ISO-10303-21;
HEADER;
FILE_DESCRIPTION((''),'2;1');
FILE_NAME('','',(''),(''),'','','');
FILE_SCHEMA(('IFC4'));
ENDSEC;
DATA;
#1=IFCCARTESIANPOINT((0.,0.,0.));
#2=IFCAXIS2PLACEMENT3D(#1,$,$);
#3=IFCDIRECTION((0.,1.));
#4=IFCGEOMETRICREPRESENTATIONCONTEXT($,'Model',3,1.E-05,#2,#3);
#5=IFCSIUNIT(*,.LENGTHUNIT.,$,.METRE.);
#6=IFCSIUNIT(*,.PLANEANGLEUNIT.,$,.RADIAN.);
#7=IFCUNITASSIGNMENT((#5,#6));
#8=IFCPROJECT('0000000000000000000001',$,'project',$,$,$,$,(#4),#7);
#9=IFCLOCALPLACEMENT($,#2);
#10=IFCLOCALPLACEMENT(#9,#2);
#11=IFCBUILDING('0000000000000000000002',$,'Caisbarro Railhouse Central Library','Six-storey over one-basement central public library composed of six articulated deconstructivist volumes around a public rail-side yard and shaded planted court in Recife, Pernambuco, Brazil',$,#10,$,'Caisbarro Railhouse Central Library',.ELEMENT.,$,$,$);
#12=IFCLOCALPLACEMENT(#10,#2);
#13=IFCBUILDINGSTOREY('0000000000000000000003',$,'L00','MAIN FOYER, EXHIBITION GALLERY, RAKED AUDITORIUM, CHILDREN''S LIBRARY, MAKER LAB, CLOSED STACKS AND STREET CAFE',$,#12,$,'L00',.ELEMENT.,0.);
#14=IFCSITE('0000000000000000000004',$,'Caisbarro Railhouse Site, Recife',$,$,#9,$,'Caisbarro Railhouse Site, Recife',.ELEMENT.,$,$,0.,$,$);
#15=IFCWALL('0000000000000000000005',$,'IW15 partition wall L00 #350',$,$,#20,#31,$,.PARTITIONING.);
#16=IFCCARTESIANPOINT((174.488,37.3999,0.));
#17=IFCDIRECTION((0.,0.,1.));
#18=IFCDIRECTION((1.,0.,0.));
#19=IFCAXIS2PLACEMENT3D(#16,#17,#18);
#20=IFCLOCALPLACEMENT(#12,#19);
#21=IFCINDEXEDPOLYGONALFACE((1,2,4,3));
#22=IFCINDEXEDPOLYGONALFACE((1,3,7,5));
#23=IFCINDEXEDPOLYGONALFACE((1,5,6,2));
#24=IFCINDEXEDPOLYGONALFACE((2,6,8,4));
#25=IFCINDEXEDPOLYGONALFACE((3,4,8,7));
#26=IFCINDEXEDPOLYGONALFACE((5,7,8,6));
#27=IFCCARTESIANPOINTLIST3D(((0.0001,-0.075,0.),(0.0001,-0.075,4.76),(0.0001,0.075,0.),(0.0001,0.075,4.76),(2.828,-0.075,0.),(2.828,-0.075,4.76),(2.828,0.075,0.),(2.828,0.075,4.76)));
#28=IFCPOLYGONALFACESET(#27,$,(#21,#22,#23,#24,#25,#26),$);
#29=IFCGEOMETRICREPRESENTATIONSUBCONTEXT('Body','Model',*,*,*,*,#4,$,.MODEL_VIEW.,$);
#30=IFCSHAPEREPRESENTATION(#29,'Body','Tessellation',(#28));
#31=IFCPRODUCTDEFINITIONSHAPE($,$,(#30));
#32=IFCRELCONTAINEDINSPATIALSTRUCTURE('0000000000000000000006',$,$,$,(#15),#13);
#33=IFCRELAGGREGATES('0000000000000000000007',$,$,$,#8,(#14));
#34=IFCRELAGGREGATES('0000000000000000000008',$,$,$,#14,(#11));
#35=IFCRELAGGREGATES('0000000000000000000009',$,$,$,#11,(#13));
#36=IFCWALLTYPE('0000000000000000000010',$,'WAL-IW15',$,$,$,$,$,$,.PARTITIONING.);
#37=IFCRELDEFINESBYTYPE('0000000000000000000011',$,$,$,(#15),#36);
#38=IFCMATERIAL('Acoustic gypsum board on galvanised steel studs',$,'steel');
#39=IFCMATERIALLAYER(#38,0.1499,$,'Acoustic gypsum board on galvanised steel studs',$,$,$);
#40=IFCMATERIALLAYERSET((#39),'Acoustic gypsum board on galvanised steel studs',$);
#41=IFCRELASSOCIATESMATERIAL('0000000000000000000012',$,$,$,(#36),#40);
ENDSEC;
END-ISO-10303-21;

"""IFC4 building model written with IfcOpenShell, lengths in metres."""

from ifc_helpers import new_model, si_unit, direction, frame, frame_2d, origin, place, context, subcontext, project, spatial, rectangle, extrude, material, layer, layer_set, type_object, element, save


model = new_model("IFC4")

# Units and contexts
model_context = context("Model", 3, precision=1e-05, world=origin(), true_north=direction((0.0, 1.0)))
body_context = subcontext(model_context, "Body", "Model", "MODEL_VIEW")
ifc_project = project(units=[si_unit("LENGTHUNIT", "METRE"), si_unit("PLANEANGLEUNIT", "RADIAN")], contexts=[model_context])

# Site, building, storey
site_placement = place(None, origin())
site = spatial("IfcSite", under=ifc_project, at=site_placement, Name="Caisbarro Railhouse Site, Recife", LongName="Caisbarro Railhouse Site, Recife", CompositionType="ELEMENT", RefElevation=0.0)
building_placement = place(site_placement, origin())
building = spatial("IfcBuilding", under=site, at=building_placement, Name="Caisbarro Railhouse Central Library", Description="Six-storey over one-basement central public library composed of six articulated deconstructivist volumes around a public rail-side yard and shaded planted court in Recife, Pernambuco, Brazil", LongName="Caisbarro Railhouse Central Library", CompositionType="ELEMENT")
storey_placement = place(building_placement, origin())
storey = spatial("IfcBuildingStorey", under=building, at=storey_placement, Name="L00", Description="MAIN FOYER, EXHIBITION GALLERY, RAKED AUDITORIUM, CHILDREN'S LIBRARY, MAKER LAB, CLOSED STACKS AND STREET CAFE", LongName="L00", CompositionType="ELEMENT", Elevation=0.0)

# Shared definitions
ifc_material_1 = material(Name="Acoustic gypsum board on galvanised steel studs", Category="steel")

# Wall
ifc_layer_1 = layer(ifc_material_1, 0.1499, Name="Acoustic gypsum board on galvanised steel studs")
ifc_layer_set_1 = layer_set([ifc_layer_1], Name="Acoustic gypsum board on galvanised steel studs")
wall_type_1 = type_object("IfcWallType", Name="WAL-IW15", PredefinedType="PARTITIONING", material=ifc_layer_set_1)
wall_1_placement = place(storey_placement, frame((174.488, 37.3999, 0.0), z_axis=(0.0, 0.0, 1.0), x_axis=(1.0, 0.0, 0.0)))
element("IfcWall", 1, at=wall_1_placement, inside=storey, type_object=wall_type_1, Name="IW15 partition wall L00 #350", PredefinedType="PARTITIONING", context=body_context, shape_type="SweptSolid", body=[
    extrude(rectangle(XDim=2.8279, YDim=0.1499, at=frame_2d((1.4141, 0.0))), origin(), (0.0, 0.0, 1.0), 4.76),
])

save(model, "model.ifc")
